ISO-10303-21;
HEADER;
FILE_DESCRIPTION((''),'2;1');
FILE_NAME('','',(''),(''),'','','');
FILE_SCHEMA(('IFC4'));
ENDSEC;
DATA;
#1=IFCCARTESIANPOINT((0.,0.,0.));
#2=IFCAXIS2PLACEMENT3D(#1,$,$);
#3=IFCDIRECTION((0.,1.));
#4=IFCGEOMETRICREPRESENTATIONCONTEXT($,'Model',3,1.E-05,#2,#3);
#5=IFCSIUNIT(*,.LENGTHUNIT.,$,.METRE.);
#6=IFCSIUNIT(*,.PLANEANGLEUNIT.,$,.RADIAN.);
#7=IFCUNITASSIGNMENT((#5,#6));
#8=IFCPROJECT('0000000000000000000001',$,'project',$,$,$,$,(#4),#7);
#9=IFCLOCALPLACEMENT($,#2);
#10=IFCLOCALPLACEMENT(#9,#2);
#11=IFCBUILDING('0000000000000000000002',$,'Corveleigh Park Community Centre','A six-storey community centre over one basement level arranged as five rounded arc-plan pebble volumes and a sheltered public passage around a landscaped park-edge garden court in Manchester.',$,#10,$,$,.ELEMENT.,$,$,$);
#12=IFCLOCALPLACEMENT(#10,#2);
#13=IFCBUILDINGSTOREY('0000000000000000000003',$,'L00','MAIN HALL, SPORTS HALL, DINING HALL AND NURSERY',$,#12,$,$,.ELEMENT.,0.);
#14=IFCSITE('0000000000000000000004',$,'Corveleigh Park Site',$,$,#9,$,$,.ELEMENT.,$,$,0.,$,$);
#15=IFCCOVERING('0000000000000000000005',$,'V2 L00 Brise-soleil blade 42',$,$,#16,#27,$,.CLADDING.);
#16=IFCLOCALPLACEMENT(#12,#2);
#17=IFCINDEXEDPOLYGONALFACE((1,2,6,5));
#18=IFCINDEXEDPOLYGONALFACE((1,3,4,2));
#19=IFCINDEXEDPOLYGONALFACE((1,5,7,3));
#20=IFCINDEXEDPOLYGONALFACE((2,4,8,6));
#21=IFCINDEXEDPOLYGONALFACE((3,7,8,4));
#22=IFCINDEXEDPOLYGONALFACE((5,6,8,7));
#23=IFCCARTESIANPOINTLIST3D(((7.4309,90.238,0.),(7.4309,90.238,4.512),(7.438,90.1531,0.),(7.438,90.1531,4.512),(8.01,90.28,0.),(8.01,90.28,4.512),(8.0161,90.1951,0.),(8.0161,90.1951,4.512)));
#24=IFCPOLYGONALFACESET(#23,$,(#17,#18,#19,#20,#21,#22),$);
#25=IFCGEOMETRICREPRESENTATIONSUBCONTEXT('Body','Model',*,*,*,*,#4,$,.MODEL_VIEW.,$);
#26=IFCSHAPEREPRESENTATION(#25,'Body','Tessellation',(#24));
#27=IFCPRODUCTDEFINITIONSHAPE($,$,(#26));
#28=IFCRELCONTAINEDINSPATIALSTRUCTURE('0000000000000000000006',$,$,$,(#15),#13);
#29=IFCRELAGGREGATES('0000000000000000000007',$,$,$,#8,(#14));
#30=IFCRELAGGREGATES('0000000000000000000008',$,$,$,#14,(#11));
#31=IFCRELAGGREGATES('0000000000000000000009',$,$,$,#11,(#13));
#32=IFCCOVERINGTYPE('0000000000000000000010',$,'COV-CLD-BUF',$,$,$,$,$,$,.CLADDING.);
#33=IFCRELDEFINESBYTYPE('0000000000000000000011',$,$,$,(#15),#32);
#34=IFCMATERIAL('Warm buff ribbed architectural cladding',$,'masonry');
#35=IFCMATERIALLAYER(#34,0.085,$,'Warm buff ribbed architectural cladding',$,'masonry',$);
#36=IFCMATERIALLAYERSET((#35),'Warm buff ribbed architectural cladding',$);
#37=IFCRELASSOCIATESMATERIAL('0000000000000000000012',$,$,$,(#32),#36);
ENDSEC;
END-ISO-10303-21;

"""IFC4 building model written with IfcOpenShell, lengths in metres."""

from ifc_helpers import new_model, si_unit, direction, origin, place, context, subcontext, project, spatial, polyline, outline, extrude, material, layer, layer_set, type_object, element, save


model = new_model("IFC4")

# Units and contexts
model_context = context("Model", 3, precision=1e-05, world=origin(), true_north=direction((0.0, 1.0)))
body_context = subcontext(model_context, "Body", "Model", "MODEL_VIEW")
ifc_project = project(units=[si_unit("LENGTHUNIT", "METRE"), si_unit("PLANEANGLEUNIT", "RADIAN")], contexts=[model_context])

# Site, building, storey
site_placement = place(None, origin())
site = spatial("IfcSite", under=ifc_project, at=site_placement, Name="Corveleigh Park Site", CompositionType="ELEMENT", RefElevation=0.0)
building_placement = place(site_placement, origin())
building = spatial("IfcBuilding", under=site, at=building_placement, Name="Corveleigh Park Community Centre", Description="A six-storey community centre over one basement level arranged as five rounded arc-plan pebble volumes and a sheltered public passage around a landscaped park-edge garden court in Manchester.", CompositionType="ELEMENT")
storey_placement = place(building_placement, origin())
storey = spatial("IfcBuildingStorey", under=building, at=storey_placement, Name="L00", Description="MAIN HALL, SPORTS HALL, DINING HALL AND NURSERY", CompositionType="ELEMENT", Elevation=0.0)

# Covering
ifc_material = material(Name="Warm buff ribbed architectural cladding", Category="masonry")
ifc_layer = layer(ifc_material, 0.085, Name="Warm buff ribbed architectural cladding", Category="masonry")
ifc_layer_set = layer_set([ifc_layer], Name="Warm buff ribbed architectural cladding")
covering_type = type_object("IfcCoveringType", Name="COV-CLD-BUF", PredefinedType="CLADDING", material=ifc_layer_set)
covering_1_placement = place(storey_placement, origin())
element("IfcCovering", 1, at=covering_1_placement, inside=storey, type_object=covering_type, Name="V2 L00 Brise-soleil blade 42", PredefinedType="CLADDING", context=body_context, shape_type="SweptSolid", body=[
    extrude(outline(polyline([(8.0161, 90.1951), (8.01, 90.28), (7.4309, 90.238), (7.438, 90.1531), (8.0161, 90.1951)])), origin(), (0.0, 0.0, 1.0), 4.512),
])

save(model, "model.ifc")
